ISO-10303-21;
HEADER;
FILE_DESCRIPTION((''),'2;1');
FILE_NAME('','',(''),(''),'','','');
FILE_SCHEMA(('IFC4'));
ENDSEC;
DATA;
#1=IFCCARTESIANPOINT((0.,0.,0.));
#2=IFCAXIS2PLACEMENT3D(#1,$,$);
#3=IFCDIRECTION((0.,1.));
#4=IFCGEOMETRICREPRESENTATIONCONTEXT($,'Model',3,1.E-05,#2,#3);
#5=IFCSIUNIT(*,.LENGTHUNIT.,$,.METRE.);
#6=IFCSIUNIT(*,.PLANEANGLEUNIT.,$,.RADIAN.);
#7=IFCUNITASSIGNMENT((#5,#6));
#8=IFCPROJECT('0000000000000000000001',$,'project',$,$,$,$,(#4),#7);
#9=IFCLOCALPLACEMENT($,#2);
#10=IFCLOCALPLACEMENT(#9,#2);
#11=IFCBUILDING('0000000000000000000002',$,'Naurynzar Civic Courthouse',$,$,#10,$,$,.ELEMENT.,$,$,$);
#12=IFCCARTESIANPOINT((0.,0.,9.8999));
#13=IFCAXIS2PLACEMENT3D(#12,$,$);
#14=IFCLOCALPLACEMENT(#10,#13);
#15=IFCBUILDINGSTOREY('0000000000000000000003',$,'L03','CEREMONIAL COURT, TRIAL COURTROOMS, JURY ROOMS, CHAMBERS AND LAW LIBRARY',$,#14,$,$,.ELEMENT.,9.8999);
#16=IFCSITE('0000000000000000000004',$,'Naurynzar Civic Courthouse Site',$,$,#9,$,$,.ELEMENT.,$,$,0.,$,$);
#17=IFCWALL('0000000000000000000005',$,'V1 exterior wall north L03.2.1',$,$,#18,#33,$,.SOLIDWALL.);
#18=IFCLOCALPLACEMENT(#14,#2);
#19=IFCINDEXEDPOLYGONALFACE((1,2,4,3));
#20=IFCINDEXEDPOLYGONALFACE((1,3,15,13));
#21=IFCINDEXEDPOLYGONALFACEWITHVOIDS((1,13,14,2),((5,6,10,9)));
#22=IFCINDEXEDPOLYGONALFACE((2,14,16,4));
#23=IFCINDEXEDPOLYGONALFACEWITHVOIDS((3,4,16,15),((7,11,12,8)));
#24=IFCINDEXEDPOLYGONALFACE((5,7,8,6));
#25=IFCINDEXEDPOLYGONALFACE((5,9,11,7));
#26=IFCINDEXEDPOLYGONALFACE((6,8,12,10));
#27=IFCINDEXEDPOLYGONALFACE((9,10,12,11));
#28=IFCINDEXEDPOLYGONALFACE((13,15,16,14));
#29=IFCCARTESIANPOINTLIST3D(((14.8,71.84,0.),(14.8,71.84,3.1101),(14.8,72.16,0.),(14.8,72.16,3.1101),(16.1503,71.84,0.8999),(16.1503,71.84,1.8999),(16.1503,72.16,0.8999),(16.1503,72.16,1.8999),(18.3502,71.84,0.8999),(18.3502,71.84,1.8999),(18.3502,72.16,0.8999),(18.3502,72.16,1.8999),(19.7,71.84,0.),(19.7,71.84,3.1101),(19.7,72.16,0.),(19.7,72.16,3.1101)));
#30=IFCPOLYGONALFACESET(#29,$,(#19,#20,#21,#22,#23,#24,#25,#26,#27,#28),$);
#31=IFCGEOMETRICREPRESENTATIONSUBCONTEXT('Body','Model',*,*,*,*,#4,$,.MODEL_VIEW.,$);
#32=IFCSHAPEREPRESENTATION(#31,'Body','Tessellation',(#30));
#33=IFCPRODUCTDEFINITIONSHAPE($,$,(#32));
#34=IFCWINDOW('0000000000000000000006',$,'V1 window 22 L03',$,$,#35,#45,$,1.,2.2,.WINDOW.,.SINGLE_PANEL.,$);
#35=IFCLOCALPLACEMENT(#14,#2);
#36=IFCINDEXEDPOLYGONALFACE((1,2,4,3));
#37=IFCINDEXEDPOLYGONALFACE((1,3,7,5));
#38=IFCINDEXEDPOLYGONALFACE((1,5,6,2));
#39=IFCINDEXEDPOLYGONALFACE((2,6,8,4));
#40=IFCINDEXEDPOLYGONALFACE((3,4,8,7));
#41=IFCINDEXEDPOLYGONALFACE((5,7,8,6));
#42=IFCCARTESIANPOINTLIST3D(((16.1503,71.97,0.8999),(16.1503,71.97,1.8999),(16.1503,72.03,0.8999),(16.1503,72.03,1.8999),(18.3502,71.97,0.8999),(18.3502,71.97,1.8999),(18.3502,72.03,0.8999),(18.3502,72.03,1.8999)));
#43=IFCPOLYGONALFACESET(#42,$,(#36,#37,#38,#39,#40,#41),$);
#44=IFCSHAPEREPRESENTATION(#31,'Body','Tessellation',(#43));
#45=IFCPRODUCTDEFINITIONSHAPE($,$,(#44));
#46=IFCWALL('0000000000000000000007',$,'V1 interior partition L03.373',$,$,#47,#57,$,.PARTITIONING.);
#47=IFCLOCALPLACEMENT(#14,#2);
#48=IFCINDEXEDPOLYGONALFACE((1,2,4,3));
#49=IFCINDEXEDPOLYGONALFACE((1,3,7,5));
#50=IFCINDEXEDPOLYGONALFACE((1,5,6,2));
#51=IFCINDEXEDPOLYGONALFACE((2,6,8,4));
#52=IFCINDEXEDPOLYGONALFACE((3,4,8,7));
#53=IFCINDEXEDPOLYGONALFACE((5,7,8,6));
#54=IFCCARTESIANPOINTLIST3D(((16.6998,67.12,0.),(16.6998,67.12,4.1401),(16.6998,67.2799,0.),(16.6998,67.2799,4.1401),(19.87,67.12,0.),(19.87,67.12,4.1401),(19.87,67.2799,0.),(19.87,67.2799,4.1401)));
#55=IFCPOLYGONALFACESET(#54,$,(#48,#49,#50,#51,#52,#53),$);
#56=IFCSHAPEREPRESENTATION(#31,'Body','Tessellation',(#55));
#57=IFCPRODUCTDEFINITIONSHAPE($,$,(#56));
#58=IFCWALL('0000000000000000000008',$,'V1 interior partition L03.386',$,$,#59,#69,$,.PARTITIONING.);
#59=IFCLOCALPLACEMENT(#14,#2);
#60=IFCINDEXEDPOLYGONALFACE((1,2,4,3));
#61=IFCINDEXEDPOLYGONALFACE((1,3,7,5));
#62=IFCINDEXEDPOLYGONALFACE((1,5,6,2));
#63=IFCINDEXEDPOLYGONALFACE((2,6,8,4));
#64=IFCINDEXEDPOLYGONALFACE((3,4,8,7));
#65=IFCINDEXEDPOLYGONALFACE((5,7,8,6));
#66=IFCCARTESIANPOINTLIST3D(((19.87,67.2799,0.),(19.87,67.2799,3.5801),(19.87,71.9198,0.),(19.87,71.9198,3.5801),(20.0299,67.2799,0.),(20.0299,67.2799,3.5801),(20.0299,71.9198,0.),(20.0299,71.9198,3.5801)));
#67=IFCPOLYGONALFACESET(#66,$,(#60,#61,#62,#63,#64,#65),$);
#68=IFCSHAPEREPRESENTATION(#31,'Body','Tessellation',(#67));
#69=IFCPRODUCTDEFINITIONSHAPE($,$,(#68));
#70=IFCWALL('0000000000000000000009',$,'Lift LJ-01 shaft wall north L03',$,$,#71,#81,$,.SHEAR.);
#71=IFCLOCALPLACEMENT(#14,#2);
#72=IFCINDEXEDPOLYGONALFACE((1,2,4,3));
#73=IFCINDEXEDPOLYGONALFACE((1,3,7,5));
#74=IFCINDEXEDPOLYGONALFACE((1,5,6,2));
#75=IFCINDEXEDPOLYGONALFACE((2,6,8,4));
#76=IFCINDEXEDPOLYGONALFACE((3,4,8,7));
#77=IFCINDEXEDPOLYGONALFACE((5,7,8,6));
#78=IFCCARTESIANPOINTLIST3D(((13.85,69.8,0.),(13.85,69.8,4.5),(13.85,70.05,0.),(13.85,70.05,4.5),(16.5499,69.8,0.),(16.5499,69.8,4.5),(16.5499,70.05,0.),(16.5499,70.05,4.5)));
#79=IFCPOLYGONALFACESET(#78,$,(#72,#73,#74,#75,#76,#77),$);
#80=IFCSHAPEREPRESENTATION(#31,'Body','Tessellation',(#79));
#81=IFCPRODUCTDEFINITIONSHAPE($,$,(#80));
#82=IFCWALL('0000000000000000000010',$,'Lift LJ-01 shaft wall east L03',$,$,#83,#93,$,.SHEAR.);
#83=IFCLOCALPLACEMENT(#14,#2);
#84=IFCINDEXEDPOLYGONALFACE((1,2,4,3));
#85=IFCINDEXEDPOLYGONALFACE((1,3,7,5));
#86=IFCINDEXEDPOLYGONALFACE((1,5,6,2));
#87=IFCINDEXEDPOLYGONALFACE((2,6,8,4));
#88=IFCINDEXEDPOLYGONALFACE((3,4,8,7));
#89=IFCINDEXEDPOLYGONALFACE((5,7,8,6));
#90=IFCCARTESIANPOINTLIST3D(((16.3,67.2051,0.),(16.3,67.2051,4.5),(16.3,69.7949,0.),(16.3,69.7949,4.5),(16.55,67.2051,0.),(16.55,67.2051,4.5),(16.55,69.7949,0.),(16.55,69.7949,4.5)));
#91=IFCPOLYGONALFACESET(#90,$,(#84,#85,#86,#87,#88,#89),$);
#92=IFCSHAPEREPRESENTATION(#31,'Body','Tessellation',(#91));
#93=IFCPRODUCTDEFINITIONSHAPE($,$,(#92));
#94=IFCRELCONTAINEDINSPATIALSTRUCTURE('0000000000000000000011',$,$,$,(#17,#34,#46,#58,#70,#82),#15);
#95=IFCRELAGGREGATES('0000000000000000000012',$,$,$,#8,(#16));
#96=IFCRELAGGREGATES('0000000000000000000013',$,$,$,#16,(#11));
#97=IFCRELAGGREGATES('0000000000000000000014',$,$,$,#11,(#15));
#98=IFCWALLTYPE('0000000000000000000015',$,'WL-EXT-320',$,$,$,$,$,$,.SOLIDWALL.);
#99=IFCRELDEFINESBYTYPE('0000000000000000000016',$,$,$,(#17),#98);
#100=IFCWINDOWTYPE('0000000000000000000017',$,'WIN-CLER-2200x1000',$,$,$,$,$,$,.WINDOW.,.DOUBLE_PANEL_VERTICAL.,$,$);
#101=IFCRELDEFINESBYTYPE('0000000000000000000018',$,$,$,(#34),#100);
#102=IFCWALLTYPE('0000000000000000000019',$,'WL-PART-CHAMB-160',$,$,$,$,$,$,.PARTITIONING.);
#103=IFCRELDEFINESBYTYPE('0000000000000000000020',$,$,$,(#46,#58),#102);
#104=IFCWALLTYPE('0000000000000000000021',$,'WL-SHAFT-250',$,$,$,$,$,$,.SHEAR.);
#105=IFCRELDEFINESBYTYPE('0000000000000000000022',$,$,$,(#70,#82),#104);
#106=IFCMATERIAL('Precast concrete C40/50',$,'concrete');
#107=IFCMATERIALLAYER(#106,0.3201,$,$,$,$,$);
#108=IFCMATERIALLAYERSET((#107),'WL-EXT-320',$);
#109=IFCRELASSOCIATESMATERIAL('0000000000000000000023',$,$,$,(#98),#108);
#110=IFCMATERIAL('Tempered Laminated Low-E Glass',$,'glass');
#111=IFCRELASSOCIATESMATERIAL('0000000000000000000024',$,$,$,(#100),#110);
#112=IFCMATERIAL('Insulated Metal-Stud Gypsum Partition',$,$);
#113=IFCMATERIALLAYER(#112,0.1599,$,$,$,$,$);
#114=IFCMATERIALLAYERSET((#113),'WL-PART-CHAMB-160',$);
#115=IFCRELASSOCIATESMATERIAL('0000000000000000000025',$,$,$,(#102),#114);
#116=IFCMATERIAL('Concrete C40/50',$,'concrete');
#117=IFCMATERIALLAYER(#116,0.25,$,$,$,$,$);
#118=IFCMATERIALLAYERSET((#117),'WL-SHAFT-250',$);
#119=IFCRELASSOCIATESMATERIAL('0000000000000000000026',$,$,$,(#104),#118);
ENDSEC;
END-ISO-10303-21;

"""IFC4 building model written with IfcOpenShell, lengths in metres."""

from ifc_helpers import new_model, si_unit, direction, frame, frame_2d, origin, place, context, subcontext, project, spatial, rectangle, extrude, material, layer, layer_set, type_object, element, fill, save


model = new_model("IFC4")

# Units and contexts
model_context = context("Model", 3, precision=1e-05, world=origin(), true_north=direction((0.0, 1.0)))
body_context = subcontext(model_context, "Body", "Model", "MODEL_VIEW")
ifc_project = project(units=[si_unit("LENGTHUNIT", "METRE"), si_unit("PLANEANGLEUNIT", "RADIAN")], contexts=[model_context])

# Site, building, storey
site_placement = place(None, origin())
site = spatial("IfcSite", under=ifc_project, at=site_placement, Name="Naurynzar Civic Courthouse Site", CompositionType="ELEMENT", RefElevation=0.0)
building_placement = place(site_placement, origin())
building = spatial("IfcBuilding", under=site, at=building_placement, Name="Naurynzar Civic Courthouse", CompositionType="ELEMENT")
storey_placement = place(building_placement, frame((0.0, 0.0, 9.8999)))
storey = spatial("IfcBuildingStorey", under=building, at=storey_placement, Name="L03", Description="CEREMONIAL COURT, TRIAL COURTROOMS, JURY ROOMS, CHAMBERS AND LAW LIBRARY", CompositionType="ELEMENT", Elevation=9.8999)

# Wall, opening, window
ifc_material_1 = material(Name="Precast concrete C40/50", Category="concrete")
ifc_layer_1 = layer(ifc_material_1, 0.3201)
ifc_layer_set_1 = layer_set([ifc_layer_1], Name="WL-EXT-320")
wall_type_1 = type_object("IfcWallType", Name="WL-EXT-320", PredefinedType="SOLIDWALL", material=ifc_layer_set_1)
wall_1_placement = place(storey_placement, frame((14.8, 72.0, 0.0), z_axis=(0.0, 0.0, 1.0), x_axis=(1.0, 0.0, 0.0)))
wall_1 = element("IfcWall", 1, at=wall_1_placement, inside=storey, type_object=wall_type_1, Name="V1 exterior wall north L03.2.1", PredefinedType="SOLIDWALL", context=body_context, shape_type="SweptSolid", body=[
    extrude(rectangle(XDim=4.8999, YDim=0.3201, at=frame_2d((2.45, 0.0))), origin(), (0.0, 0.0, 1.0), 3.1101),
])
opening_placement = place(wall_1_placement, frame((1.3501, 0.0, 0.8999)))
opening = element("IfcOpeningElement", 2, at=opening_placement, cuts=wall_1, PredefinedType="OPENING", context=body_context, shape_type="SweptSolid", body=[
    extrude(rectangle(XDim=2.2, YDim=1.0, at=frame_2d((1.1001, 0.5))), frame((0.0, 0.1699, 0.0), z_axis=(0.0, -1.0, 0.0), x_axis=(1.0, 0.0, 0.0)), (0.0, 0.0, 1.0), 0.3401),
])
ifc_material_2 = material(Name="Tempered Laminated Low-E Glass", Category="glass")
window_type = type_object("IfcWindowType", Name="WIN-CLER-2200x1000", PartitioningType="DOUBLE_PANEL_VERTICAL", PredefinedType="WINDOW", material=ifc_material_2)
window_placement = place(opening_placement, origin())
window = element("IfcWindow", 3, at=window_placement, inside=storey, type_object=window_type, Name="V1 window 22 L03", OverallHeight=1.0, OverallWidth=2.2, PartitioningType="SINGLE_PANEL", PredefinedType="WINDOW", context=body_context, shape_type="SweptSolid", body=[
    extrude(rectangle(XDim=2.2, YDim=1.0, at=frame_2d((1.1001, 0.5))), frame((0.0, 0.03, 0.0), z_axis=(0.0, -1.0, 0.0), x_axis=(1.0, 0.0, 0.0)), (0.0, 0.0, 1.0), 0.0601),
])
fill(opening, window)

# Walls
ifc_material_3 = material(Name="Insulated Metal-Stud Gypsum Partition")
ifc_layer_2 = layer(ifc_material_3, 0.1599)
ifc_layer_set_2 = layer_set([ifc_layer_2], Name="WL-PART-CHAMB-160")
wall_type_2 = type_object("IfcWallType", Name="WL-PART-CHAMB-160", PredefinedType="PARTITIONING", material=ifc_layer_set_2)
wall_2_placement = place(storey_placement, frame((16.7, 67.2, 0.0), z_axis=(0.0, 0.0, 1.0), x_axis=(1.0, 0.0, 0.0)))
element("IfcWall", 4, at=wall_2_placement, inside=storey, type_object=wall_type_2, Name="V1 interior partition L03.373", PredefinedType="PARTITIONING", context=body_context, shape_type="SweptSolid", body=[
    extrude(rectangle(XDim=3.1702, YDim=0.1599, at=frame_2d((1.585, 0.0))), origin(), (0.0, 0.0, 1.0), 4.1401),
])
wall_3_placement = place(storey_placement, frame((19.95, 67.28, 0.0), z_axis=(0.0, 0.0, 1.0), x_axis=(0.0, 1.0, 0.0)))
element("IfcWall", 5, at=wall_3_placement, inside=storey, type_object=wall_type_2, Name="V1 interior partition L03.386", PredefinedType="PARTITIONING", context=body_context, shape_type="SweptSolid", body=[
    extrude(rectangle(XDim=4.6399, YDim=0.1599, at=frame_2d((2.3198, 0.0))), origin(), (0.0, 0.0, 1.0), 3.5801),
])
ifc_material_4 = material(Name="Concrete C40/50", Category="concrete")
ifc_layer_3 = layer(ifc_material_4, 0.25)
ifc_layer_set_3 = layer_set([ifc_layer_3], Name="WL-SHAFT-250")
wall_type_3 = type_object("IfcWallType", Name="WL-SHAFT-250", PredefinedType="SHEAR", material=ifc_layer_set_3)
wall_4_placement = place(storey_placement, frame((16.55, 69.925, 0.0), z_axis=(0.0, 0.0, 1.0), x_axis=(-1.0, 0.0, 0.0)))
element("IfcWall", 6, at=wall_4_placement, inside=storey, type_object=wall_type_3, Name="Lift LJ-01 shaft wall north L03", PredefinedType="SHEAR", context=body_context, shape_type="SweptSolid", body=[
    extrude(rectangle(XDim=2.7, YDim=0.25, at=frame_2d((1.3501, 0.0))), origin(), (0.0, 0.0, 1.0), 4.5),
])
wall_5_placement = place(storey_placement, frame((16.425, 67.2051, 0.0), z_axis=(0.0, 0.0, 1.0), x_axis=(0.0, 1.0, 0.0)))
element("IfcWall", 7, at=wall_5_placement, inside=storey, type_object=wall_type_3, Name="Lift LJ-01 shaft wall east L03", PredefinedType="SHEAR", context=body_context, shape_type="SweptSolid", body=[
    extrude(rectangle(XDim=2.5898, YDim=0.25, at=frame_2d((1.2949, 0.0))), origin(), (0.0, 0.0, 1.0), 4.5),
])

save(model, "model.ifc")
